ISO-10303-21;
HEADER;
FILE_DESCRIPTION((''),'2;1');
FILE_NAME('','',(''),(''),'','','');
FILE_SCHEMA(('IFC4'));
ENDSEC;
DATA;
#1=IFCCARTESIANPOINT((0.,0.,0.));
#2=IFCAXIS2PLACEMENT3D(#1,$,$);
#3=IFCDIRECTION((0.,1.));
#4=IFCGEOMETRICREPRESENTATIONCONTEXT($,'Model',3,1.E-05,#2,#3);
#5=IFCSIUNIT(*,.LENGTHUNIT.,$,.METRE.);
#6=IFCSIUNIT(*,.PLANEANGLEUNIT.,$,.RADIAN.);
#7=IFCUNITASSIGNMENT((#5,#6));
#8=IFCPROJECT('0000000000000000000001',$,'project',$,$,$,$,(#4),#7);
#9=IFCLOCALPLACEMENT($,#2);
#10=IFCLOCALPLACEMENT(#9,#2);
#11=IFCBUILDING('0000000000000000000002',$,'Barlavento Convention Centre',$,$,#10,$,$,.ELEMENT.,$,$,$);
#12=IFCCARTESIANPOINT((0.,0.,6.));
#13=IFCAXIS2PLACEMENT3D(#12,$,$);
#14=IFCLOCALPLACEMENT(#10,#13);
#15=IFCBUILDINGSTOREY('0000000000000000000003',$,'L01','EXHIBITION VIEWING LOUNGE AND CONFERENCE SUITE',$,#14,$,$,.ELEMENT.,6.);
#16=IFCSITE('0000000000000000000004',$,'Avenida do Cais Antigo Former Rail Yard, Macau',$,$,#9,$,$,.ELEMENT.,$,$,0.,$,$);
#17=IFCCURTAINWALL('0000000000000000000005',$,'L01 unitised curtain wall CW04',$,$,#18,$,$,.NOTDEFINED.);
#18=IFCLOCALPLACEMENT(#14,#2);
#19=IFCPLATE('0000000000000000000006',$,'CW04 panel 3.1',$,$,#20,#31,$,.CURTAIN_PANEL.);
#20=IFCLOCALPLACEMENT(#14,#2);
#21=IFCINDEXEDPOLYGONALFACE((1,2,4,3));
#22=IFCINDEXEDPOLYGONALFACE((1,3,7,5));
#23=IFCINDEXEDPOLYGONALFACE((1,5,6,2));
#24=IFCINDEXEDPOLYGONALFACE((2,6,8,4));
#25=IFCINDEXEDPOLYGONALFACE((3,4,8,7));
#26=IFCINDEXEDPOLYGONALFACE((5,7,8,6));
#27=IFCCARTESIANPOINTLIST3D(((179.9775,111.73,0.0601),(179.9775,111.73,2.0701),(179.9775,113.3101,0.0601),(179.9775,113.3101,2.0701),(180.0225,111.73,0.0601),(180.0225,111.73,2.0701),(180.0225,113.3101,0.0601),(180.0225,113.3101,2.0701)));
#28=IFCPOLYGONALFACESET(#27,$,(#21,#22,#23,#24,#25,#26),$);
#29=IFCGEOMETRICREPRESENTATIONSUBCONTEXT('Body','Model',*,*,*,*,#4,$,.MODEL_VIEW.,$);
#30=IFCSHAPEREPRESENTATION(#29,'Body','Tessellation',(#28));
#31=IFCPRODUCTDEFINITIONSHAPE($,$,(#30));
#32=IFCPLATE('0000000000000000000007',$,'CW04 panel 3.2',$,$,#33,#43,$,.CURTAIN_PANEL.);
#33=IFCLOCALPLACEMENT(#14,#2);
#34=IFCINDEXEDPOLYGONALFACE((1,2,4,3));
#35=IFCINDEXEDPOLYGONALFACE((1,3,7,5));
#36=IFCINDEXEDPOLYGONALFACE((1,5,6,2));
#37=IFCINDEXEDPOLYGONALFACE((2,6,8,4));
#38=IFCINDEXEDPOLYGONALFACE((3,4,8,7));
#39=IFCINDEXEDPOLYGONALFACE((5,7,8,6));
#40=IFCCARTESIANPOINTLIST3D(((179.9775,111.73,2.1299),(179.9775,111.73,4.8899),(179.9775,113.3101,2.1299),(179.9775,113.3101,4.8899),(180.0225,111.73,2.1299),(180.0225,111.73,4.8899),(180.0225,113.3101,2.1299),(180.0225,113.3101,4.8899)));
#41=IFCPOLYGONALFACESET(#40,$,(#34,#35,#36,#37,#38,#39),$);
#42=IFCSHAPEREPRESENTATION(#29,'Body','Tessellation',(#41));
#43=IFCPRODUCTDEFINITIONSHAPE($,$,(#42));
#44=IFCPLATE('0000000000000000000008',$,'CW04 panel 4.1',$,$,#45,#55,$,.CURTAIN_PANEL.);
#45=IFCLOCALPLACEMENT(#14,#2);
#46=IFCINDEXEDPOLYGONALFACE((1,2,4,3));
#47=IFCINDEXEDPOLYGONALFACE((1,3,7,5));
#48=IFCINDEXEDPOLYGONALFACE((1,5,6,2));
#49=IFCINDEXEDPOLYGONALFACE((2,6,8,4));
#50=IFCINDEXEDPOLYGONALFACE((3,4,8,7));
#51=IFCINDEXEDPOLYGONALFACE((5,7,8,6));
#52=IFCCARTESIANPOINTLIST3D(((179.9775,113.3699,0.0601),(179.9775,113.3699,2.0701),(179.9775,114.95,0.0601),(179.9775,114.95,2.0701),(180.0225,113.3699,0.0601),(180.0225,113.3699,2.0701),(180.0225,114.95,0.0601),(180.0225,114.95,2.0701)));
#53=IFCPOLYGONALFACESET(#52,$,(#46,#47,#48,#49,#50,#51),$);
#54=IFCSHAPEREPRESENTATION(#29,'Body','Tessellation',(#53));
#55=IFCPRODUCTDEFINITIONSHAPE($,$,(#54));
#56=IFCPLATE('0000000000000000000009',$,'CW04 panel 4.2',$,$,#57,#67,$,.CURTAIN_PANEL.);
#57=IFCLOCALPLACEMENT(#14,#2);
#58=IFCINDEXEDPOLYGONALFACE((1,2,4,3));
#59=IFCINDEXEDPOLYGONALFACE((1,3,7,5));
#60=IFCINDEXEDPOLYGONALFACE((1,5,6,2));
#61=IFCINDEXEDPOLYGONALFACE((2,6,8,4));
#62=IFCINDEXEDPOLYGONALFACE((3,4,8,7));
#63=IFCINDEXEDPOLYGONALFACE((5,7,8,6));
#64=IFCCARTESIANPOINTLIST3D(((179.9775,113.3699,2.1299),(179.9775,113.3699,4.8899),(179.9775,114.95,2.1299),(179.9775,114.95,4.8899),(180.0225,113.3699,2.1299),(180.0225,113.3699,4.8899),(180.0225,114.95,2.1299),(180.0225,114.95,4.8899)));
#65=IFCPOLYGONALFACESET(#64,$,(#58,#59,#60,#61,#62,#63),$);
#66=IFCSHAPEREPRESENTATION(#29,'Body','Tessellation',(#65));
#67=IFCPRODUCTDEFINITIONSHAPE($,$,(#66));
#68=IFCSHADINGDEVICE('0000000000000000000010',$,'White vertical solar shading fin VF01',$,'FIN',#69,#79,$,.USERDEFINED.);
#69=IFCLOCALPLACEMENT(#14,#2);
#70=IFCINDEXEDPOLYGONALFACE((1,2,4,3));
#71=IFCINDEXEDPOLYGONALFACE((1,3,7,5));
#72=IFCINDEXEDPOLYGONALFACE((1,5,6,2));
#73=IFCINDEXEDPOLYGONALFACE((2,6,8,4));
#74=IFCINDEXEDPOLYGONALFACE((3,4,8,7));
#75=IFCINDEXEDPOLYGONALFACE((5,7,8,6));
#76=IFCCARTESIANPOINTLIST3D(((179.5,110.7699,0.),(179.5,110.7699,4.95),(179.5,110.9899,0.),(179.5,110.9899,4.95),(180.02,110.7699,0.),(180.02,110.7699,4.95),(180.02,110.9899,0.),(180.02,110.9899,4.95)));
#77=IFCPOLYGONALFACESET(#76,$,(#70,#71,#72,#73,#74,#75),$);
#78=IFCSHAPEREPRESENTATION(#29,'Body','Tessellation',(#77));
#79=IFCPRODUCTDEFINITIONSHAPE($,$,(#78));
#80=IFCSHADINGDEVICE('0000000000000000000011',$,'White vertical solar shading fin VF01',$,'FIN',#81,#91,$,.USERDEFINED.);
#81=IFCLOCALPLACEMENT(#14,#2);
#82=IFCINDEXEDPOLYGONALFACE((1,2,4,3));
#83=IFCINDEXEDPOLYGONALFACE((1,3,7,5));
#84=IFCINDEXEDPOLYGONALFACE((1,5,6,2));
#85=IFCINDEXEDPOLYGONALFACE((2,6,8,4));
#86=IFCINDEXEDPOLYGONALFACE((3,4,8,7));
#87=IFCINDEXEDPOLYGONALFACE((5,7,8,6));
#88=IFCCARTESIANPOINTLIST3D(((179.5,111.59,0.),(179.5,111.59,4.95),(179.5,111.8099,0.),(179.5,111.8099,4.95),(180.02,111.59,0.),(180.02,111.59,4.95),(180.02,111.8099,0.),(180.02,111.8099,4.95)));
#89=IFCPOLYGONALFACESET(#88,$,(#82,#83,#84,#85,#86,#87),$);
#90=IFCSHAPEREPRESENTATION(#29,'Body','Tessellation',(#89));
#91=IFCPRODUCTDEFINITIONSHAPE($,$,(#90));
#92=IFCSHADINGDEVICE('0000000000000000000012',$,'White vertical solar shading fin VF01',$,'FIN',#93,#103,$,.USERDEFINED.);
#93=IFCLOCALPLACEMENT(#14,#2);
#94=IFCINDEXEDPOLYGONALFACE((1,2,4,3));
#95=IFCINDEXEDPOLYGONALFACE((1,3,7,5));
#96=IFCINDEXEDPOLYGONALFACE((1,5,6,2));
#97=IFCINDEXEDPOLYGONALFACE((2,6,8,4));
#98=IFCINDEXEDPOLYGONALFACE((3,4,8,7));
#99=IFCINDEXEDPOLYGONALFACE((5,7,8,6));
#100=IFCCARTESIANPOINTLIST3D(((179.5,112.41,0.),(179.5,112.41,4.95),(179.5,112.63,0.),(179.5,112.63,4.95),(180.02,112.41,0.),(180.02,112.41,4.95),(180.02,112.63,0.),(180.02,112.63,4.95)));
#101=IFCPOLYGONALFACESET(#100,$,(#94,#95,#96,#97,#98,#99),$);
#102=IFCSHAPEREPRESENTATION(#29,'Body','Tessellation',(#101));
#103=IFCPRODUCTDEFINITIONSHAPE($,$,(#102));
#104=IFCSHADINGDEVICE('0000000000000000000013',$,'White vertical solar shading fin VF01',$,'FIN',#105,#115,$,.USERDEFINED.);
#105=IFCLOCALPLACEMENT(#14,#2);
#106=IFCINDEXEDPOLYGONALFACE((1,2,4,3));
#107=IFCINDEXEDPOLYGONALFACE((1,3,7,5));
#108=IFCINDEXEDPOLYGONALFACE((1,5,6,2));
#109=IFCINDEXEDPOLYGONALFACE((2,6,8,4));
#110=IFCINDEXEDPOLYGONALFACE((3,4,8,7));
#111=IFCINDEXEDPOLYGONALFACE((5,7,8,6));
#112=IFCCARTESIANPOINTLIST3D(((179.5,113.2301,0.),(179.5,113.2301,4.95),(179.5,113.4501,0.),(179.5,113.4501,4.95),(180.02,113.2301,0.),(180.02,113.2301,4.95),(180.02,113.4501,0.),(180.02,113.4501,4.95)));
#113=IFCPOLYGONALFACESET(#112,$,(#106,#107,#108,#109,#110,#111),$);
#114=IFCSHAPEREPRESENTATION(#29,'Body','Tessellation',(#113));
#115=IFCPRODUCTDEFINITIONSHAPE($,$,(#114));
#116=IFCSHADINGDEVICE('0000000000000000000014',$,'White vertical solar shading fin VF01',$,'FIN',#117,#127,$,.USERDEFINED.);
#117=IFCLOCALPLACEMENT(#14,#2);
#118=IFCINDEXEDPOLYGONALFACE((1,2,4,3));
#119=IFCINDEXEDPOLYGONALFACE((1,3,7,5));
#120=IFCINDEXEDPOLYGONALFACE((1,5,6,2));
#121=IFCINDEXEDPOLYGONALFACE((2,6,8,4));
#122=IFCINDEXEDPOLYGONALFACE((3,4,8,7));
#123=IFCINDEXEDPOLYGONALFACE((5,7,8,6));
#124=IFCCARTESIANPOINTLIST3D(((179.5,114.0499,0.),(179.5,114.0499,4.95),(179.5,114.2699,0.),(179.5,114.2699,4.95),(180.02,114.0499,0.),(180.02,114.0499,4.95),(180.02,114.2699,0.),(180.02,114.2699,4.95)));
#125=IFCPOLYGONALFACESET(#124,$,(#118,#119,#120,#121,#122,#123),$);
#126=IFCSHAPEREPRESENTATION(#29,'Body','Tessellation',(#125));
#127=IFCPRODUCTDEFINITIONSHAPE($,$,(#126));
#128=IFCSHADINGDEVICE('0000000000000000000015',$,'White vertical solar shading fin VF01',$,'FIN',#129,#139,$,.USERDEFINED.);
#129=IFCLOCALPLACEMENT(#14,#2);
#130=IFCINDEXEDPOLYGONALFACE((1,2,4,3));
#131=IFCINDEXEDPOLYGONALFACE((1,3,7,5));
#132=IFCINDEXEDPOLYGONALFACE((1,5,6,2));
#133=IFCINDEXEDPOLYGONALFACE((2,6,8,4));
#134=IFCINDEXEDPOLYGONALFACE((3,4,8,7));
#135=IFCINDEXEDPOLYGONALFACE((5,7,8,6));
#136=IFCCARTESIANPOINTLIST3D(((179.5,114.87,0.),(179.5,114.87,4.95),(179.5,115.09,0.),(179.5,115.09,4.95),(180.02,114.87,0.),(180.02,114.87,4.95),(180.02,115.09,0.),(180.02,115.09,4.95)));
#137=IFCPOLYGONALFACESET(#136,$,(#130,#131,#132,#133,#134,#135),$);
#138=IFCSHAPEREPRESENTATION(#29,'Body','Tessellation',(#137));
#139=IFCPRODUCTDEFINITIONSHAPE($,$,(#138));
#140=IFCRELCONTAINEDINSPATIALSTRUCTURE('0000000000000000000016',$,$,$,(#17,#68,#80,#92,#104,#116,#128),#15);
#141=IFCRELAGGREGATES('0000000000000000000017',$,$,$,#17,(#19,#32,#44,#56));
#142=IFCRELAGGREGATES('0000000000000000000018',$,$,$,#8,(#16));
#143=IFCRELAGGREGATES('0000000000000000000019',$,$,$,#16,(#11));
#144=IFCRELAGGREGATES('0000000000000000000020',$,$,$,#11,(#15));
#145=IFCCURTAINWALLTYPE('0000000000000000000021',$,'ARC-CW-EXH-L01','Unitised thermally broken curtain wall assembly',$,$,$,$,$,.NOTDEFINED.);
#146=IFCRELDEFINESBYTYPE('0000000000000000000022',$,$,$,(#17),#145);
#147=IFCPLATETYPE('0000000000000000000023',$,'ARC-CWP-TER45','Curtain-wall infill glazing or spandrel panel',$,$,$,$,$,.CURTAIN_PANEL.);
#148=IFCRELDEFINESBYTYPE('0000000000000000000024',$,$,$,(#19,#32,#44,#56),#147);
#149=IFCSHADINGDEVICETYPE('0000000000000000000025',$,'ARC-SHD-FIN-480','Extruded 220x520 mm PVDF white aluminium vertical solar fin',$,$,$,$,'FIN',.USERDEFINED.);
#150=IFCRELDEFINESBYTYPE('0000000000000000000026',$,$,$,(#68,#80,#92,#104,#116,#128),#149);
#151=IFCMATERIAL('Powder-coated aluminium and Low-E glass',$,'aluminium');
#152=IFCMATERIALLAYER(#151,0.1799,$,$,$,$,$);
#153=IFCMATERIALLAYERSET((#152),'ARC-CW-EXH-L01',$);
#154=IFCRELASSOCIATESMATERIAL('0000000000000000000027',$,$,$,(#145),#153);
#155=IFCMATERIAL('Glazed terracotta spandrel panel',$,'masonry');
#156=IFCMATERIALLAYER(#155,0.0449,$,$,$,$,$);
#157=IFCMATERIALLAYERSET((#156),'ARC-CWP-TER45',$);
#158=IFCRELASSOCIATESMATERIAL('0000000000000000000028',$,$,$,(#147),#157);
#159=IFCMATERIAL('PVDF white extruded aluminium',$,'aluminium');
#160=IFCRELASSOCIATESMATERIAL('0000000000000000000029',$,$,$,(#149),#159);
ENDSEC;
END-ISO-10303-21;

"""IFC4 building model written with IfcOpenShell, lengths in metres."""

from ifc_helpers import new_model, si_unit, direction, frame, origin, origin_2d, place, context, subcontext, project, spatial, rectangle, extrude, material, layer, layer_set, type_object, element, aggregate, save


model = new_model("IFC4")

# Units and contexts
model_context = context("Model", 3, precision=1e-05, world=origin(), true_north=direction((0.0, 1.0)))
body_context = subcontext(model_context, "Body", "Model", "MODEL_VIEW")
ifc_project = project(units=[si_unit("LENGTHUNIT", "METRE"), si_unit("PLANEANGLEUNIT", "RADIAN")], contexts=[model_context])

# Site, building, storey
site_placement = place(None, origin())
site = spatial("IfcSite", under=ifc_project, at=site_placement, Name="Avenida do Cais Antigo Former Rail Yard, Macau", CompositionType="ELEMENT", RefElevation=0.0)
building_placement = place(site_placement, origin())
building = spatial("IfcBuilding", under=site, at=building_placement, Name="Barlavento Convention Centre", CompositionType="ELEMENT")
storey_placement = place(building_placement, frame((0.0, 0.0, 6.0)))
storey = spatial("IfcBuildingStorey", under=building, at=storey_placement, Name="L01", Description="EXHIBITION VIEWING LOUNGE AND CONFERENCE SUITE", CompositionType="ELEMENT", Elevation=6.0)

# Curtain wall, plates
ifc_material_1 = material(Name="Powder-coated aluminium and Low-E glass", Category="aluminium")
ifc_layer_1 = layer(ifc_material_1, 0.1799)
ifc_layer_set_1 = layer_set([ifc_layer_1], Name="ARC-CW-EXH-L01")
curtain_wall_type = type_object("IfcCurtainWallType", Name="ARC-CW-EXH-L01", Description="Unitised thermally broken curtain wall assembly", PredefinedType="NOTDEFINED", material=ifc_layer_set_1)
curtain_wall_placement = place(storey_placement, origin())
curtain_wall = element("IfcCurtainWall", 1, at=curtain_wall_placement, inside=storey, type_object=curtain_wall_type, Name="L01 unitised curtain wall CW04", PredefinedType="NOTDEFINED")
ifc_material_2 = material(Name="Glazed terracotta spandrel panel", Category="masonry")
ifc_layer_2 = layer(ifc_material_2, 0.0449)
ifc_layer_set_2 = layer_set([ifc_layer_2], Name="ARC-CWP-TER45")
plate_type = type_object("IfcPlateType", Name="ARC-CWP-TER45", Description="Curtain-wall infill glazing or spandrel panel", PredefinedType="CURTAIN_PANEL", material=ifc_layer_set_2)
plate_1_placement = place(storey_placement, frame((180.0, 112.52, 0.0601), z_axis=(0.0, 0.0, 1.0), x_axis=(0.0, 1.0, 0.0)))
plate_1 = element("IfcPlate", 2, at=plate_1_placement, type_object=plate_type, Name="CW04 panel 3.1", PredefinedType="CURTAIN_PANEL", context=body_context, shape_type="SweptSolid", body=[
    extrude(rectangle(XDim=1.5801, YDim=0.0449, at=origin_2d()), origin(), (0.0, 0.0, 1.0), 2.01),
])
plate_2_placement = place(storey_placement, frame((180.0, 112.52, 2.1299), z_axis=(0.0, 0.0, 1.0), x_axis=(0.0, 1.0, 0.0)))
plate_2 = element("IfcPlate", 3, at=plate_2_placement, type_object=plate_type, Name="CW04 panel 3.2", PredefinedType="CURTAIN_PANEL", context=body_context, shape_type="SweptSolid", body=[
    extrude(rectangle(XDim=1.5801, YDim=0.0449, at=origin_2d()), origin(), (0.0, 0.0, 1.0), 2.76),
])
plate_3_placement = place(storey_placement, frame((180.0, 114.1599, 0.0601), z_axis=(0.0, 0.0, 1.0), x_axis=(0.0, 1.0, 0.0)))
plate_3 = element("IfcPlate", 4, at=plate_3_placement, type_object=plate_type, Name="CW04 panel 4.1", PredefinedType="CURTAIN_PANEL", context=body_context, shape_type="SweptSolid", body=[
    extrude(rectangle(XDim=1.5801, YDim=0.0449, at=origin_2d()), origin(), (0.0, 0.0, 1.0), 2.01),
])
plate_4_placement = place(storey_placement, frame((180.0, 114.1599, 2.1299), z_axis=(0.0, 0.0, 1.0), x_axis=(0.0, 1.0, 0.0)))
plate_4 = element("IfcPlate", 5, at=plate_4_placement, type_object=plate_type, Name="CW04 panel 4.2", PredefinedType="CURTAIN_PANEL", context=body_context, shape_type="SweptSolid", body=[
    extrude(rectangle(XDim=1.5801, YDim=0.0449, at=origin_2d()), origin(), (0.0, 0.0, 1.0), 2.76),
])
aggregate(curtain_wall, [plate_1, plate_2, plate_3, plate_4])

# Shading devices
ifc_material_3 = material(Name="PVDF white extruded aluminium", Category="aluminium")
shading_device_type = type_object("IfcShadingDeviceType", Name="ARC-SHD-FIN-480", Description="Extruded 220x520 mm PVDF white aluminium vertical solar fin", ElementType="FIN", PredefinedType="USERDEFINED", material=ifc_material_3)
for number, where, z_axis, x_axis, name in (
    (6, (179.76, 110.8799, 0.0), (0.0, 0.0, 1.0), (0.0, 1.0, 0.0), "White vertical solar shading fin VF01"),
    (7, (179.76, 111.7, 0.0), (0.0, 0.0, 1.0), (0.0, 1.0, 0.0), "White vertical solar shading fin VF01"),
    (8, (179.76, 112.52, 0.0), (0.0, 0.0, 1.0), (0.0, 1.0, 0.0), "White vertical solar shading fin VF01"),
    (9, (179.76, 113.3401, 0.0), (0.0, 0.0, 1.0), (0.0, 1.0, 0.0), "White vertical solar shading fin VF01"),
    (10, (179.76, 114.1599, 0.0), (0.0, 0.0, 1.0), (0.0, 1.0, 0.0), "White vertical solar shading fin VF01"),
    (11, (179.76, 114.98, 0.0), (0.0, 0.0, 1.0), (0.0, 1.0, 0.0), "White vertical solar shading fin VF01"),
):
    element("IfcShadingDevice", number, at=place(storey_placement, frame(where, z_axis=z_axis, x_axis=x_axis)), inside=storey, type_object=shading_device_type, Name=name, ObjectType="FIN", PredefinedType="USERDEFINED", context=body_context, shape_type="SweptSolid", body=[
        extrude(rectangle(XDim=0.22, YDim=0.52, at=origin_2d()), origin(), (0.0, 0.0, 1.0), 4.95),
    ])

save(model, "model.ifc")
